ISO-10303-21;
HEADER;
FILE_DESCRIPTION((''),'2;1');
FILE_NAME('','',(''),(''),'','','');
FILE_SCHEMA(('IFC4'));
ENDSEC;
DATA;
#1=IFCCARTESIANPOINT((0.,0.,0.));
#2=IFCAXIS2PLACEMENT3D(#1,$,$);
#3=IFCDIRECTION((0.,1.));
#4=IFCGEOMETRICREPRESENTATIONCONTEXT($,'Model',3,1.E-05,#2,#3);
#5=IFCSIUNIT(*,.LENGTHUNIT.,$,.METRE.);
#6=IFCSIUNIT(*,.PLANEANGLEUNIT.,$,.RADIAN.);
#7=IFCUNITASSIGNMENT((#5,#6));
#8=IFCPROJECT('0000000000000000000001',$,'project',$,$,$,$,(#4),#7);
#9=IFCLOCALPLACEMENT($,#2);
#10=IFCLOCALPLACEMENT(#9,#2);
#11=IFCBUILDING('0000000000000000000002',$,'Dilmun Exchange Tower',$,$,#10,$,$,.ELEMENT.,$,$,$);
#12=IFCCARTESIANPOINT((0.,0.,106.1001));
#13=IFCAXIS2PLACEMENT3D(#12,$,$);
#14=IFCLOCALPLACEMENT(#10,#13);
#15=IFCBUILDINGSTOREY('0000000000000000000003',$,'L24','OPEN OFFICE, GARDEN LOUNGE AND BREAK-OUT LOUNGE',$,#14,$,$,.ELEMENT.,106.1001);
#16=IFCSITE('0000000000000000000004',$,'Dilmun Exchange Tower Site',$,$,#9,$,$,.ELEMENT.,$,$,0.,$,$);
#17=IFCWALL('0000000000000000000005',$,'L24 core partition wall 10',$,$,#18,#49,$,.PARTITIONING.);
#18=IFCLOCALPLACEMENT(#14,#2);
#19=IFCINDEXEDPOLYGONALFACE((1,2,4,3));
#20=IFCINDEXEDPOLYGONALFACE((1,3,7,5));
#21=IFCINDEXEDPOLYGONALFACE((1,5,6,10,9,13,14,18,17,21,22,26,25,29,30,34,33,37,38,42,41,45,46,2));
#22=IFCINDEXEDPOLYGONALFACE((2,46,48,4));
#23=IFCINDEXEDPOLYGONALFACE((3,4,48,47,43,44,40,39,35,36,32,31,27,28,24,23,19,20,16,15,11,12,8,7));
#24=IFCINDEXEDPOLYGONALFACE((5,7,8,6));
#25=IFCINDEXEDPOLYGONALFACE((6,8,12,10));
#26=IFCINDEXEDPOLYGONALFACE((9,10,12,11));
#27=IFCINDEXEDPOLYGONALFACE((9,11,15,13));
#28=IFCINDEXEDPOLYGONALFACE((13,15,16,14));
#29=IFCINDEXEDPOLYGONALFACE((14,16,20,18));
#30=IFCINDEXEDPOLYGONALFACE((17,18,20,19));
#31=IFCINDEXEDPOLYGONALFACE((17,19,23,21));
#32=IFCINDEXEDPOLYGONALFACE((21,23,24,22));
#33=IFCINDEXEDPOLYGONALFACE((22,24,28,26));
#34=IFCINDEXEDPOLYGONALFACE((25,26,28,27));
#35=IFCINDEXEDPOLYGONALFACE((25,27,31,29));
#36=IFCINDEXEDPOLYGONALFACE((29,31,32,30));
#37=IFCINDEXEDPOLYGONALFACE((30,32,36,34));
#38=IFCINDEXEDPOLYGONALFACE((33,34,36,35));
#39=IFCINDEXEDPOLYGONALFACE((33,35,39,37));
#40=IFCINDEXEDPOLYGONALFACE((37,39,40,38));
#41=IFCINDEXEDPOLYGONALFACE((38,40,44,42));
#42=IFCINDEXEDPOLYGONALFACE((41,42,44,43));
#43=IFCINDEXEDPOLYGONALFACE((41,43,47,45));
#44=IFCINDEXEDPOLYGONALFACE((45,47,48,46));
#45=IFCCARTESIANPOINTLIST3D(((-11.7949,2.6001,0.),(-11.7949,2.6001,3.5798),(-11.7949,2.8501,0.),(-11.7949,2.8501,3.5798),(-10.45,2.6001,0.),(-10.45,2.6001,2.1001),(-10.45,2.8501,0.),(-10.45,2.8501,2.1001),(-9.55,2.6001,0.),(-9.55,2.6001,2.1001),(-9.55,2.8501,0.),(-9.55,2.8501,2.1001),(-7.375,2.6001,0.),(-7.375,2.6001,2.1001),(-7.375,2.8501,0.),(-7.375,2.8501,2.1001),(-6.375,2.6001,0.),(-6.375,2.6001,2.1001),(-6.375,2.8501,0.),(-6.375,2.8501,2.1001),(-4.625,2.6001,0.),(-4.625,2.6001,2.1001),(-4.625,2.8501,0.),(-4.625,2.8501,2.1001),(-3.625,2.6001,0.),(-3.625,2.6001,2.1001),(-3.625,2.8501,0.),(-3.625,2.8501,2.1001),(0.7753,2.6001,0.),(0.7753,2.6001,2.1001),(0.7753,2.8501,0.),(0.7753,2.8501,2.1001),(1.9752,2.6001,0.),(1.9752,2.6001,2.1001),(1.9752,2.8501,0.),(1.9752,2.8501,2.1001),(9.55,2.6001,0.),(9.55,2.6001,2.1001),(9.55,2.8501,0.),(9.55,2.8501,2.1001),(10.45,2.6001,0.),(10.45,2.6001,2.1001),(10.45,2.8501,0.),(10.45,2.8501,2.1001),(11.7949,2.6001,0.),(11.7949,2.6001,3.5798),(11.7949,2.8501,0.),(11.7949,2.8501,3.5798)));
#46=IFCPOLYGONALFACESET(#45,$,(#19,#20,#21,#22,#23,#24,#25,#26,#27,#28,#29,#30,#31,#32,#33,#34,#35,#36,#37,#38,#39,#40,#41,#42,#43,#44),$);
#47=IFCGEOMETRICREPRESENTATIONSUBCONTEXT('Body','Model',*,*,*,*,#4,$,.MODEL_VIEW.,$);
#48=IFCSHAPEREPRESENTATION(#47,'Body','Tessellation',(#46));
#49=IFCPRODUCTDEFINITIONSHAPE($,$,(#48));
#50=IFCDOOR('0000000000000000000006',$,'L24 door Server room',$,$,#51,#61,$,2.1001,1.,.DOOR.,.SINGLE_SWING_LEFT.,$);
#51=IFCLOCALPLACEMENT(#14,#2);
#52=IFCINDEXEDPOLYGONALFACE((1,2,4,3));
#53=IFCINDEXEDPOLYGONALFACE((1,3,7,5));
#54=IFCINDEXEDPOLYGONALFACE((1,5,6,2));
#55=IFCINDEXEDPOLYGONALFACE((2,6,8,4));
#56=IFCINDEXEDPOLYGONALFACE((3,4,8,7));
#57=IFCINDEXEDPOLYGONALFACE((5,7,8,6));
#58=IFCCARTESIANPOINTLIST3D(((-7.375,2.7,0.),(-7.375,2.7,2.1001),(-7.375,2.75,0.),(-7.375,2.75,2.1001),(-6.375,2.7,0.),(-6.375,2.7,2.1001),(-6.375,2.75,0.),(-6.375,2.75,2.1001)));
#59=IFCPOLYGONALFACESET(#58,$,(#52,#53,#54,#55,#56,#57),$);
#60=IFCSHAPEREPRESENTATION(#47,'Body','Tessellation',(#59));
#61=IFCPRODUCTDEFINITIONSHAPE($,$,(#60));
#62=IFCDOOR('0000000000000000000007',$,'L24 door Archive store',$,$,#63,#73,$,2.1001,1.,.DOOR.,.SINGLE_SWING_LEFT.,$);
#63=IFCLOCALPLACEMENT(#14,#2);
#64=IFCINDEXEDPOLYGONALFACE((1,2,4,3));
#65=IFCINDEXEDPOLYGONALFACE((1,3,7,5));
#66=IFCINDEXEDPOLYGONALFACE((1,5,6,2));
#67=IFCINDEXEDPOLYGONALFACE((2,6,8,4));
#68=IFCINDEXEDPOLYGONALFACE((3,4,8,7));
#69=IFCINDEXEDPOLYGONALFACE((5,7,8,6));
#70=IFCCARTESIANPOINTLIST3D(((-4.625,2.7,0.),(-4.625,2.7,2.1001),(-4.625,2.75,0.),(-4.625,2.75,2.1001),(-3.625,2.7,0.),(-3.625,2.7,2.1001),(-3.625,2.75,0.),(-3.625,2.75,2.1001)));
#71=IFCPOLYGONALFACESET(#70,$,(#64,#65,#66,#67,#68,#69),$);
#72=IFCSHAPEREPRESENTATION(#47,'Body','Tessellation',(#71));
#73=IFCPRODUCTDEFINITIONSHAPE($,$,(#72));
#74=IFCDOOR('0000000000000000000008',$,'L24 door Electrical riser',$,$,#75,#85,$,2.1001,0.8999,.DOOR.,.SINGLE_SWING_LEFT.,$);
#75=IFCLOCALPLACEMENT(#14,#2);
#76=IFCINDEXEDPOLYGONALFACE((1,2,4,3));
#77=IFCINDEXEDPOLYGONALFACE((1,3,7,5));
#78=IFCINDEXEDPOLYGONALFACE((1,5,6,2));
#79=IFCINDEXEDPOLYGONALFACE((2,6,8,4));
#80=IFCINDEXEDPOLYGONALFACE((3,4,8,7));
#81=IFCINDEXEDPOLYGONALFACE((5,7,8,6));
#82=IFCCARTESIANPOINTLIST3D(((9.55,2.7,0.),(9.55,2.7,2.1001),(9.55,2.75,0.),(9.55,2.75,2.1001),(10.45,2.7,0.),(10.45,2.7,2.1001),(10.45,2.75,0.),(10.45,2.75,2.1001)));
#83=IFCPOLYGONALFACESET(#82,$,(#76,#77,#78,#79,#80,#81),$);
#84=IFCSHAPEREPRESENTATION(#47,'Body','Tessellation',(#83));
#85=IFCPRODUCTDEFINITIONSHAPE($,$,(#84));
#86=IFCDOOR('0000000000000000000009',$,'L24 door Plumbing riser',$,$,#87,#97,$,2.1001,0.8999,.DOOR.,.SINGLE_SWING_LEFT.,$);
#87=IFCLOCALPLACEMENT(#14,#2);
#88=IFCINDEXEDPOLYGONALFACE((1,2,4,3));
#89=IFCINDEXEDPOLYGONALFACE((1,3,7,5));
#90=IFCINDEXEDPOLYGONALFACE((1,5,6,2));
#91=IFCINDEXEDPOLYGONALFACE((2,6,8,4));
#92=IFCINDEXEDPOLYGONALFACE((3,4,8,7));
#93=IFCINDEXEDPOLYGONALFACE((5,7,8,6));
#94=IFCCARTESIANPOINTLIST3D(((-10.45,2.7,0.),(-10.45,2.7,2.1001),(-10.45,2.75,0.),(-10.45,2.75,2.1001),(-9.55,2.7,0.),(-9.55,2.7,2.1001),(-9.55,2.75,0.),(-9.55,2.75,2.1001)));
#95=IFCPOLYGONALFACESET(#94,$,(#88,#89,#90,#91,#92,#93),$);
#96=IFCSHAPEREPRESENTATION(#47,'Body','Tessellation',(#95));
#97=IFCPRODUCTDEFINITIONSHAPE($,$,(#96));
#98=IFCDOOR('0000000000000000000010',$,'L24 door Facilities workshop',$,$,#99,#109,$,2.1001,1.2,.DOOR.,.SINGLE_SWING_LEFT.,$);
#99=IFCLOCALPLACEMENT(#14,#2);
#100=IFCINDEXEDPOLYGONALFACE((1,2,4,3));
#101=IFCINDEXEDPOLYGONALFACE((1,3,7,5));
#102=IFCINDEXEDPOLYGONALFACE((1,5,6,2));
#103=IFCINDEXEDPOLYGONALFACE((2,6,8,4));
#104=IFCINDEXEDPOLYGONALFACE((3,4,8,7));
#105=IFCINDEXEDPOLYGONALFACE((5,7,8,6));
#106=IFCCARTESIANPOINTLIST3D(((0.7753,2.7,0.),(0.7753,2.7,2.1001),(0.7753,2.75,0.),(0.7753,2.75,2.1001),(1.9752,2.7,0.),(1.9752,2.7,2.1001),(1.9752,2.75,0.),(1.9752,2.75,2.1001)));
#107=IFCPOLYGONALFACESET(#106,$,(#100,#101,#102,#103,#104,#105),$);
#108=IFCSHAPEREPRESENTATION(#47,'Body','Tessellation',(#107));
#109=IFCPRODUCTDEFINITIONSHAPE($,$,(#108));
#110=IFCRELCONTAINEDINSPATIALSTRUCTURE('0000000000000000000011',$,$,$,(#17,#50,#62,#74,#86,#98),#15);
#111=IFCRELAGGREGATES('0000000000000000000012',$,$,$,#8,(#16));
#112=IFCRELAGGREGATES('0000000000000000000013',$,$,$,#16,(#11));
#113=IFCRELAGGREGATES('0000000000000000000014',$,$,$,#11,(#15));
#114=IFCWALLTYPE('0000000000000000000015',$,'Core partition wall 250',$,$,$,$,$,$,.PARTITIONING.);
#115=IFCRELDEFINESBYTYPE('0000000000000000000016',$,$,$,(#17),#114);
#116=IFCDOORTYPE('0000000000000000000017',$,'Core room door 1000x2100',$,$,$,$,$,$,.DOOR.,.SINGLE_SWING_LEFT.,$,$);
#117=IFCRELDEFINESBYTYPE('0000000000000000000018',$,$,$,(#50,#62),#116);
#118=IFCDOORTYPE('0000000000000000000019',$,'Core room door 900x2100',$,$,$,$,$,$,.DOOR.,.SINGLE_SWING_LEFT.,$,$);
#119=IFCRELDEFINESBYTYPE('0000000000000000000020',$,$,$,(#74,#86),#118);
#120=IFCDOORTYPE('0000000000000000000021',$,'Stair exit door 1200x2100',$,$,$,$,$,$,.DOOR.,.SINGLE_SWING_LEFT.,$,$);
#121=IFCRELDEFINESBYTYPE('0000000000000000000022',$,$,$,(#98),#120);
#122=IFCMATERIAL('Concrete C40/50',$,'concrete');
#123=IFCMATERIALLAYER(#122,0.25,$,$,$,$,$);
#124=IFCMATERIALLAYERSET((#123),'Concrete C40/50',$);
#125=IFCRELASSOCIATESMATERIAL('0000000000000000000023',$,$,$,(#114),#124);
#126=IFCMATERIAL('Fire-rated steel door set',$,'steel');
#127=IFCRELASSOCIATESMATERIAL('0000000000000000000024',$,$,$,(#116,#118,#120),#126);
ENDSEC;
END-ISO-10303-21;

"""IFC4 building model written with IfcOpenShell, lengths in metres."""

from ifc_helpers import new_model, si_unit, direction, frame, frame_2d, origin, place, context, subcontext, project, spatial, rectangle, extrude, material, layer, layer_set, type_object, element, fill, save


model = new_model("IFC4")

# Units and contexts
model_context = context("Model", 3, precision=1e-05, world=origin(), true_north=direction((0.0, 1.0)))
body_context = subcontext(model_context, "Body", "Model", "MODEL_VIEW")
ifc_project = project(units=[si_unit("LENGTHUNIT", "METRE"), si_unit("PLANEANGLEUNIT", "RADIAN")], contexts=[model_context])

# Site, building, storey
site_placement = place(None, origin())
site = spatial("IfcSite", under=ifc_project, at=site_placement, Name="Dilmun Exchange Tower Site", CompositionType="ELEMENT", RefElevation=0.0)
building_placement = place(site_placement, origin())
building = spatial("IfcBuilding", under=site, at=building_placement, Name="Dilmun Exchange Tower", CompositionType="ELEMENT")
storey_placement = place(building_placement, frame((0.0, 0.0, 106.1001)))
storey = spatial("IfcBuildingStorey", under=building, at=storey_placement, Name="L24", Description="OPEN OFFICE, GARDEN LOUNGE AND BREAK-OUT LOUNGE", CompositionType="ELEMENT", Elevation=106.1001)

# Shared definitions
ifc_material_1 = material(Name="Concrete C40/50", Category="concrete")

# Wall, openings, doors
ifc_layer_1 = layer(ifc_material_1, 0.25)
ifc_layer_set_1 = layer_set([ifc_layer_1], Name="Concrete C40/50")
wall_type_1 = type_object("IfcWallType", Name="Core partition wall 250", PredefinedType="PARTITIONING", material=ifc_layer_set_1)
wall_1_placement = place(storey_placement, frame((-11.7949, 2.7251, 0.0), z_axis=(0.0, 0.0, 1.0), x_axis=(1.0, 0.0, 0.0)))
wall_1 = element("IfcWall", 1, at=wall_1_placement, inside=storey, type_object=wall_type_1, Name="L24 core partition wall 10", PredefinedType="PARTITIONING", context=body_context, shape_type="SweptSolid", body=[
    extrude(rectangle(XDim=23.5898, YDim=0.25, at=frame_2d((11.7949, 0.0))), origin(), (0.0, 0.0, 1.0), 3.5798),
])
opening_1_placement = place(wall_1_placement, frame((21.345, 0.0, 0.0)))
opening_1 = element("IfcOpeningElement", 2, at=opening_1_placement, cuts=wall_1, PredefinedType="OPENING", context=body_context, shape_type="SweptSolid", body=[
    extrude(rectangle(XDim=0.8999, YDim=2.1001, at=frame_2d((0.45, 1.05))), frame((0.0, 0.135, 0.0), z_axis=(0.0, -1.0, 0.0), x_axis=(1.0, 0.0, 0.0)), (0.0, 0.0, 1.0), 0.27),
])
opening_2_placement = place(wall_1_placement, frame((1.345, 0.0, 0.0)))
opening_2 = element("IfcOpeningElement", 3, at=opening_2_placement, cuts=wall_1, PredefinedType="OPENING", context=body_context, shape_type="SweptSolid", body=[
    extrude(rectangle(XDim=0.8999, YDim=2.1001, at=frame_2d((0.45, 1.05))), frame((0.0, 0.135, 0.0), z_axis=(0.0, -1.0, 0.0), x_axis=(1.0, 0.0, 0.0)), (0.0, 0.0, 1.0), 0.27),
])
opening_3_placement = place(wall_1_placement, frame((4.4199, 0.0, 0.0)))
opening_3 = element("IfcOpeningElement", 4, at=opening_3_placement, cuts=wall_1, PredefinedType="OPENING", context=body_context, shape_type="SweptSolid", body=[
    extrude(rectangle(XDim=1.0, YDim=2.1001, at=frame_2d((0.5, 1.05))), frame((0.0, 0.135, 0.0), z_axis=(0.0, -1.0, 0.0), x_axis=(1.0, 0.0, 0.0)), (0.0, 0.0, 1.0), 0.27),
])
opening_4_placement = place(wall_1_placement, frame((7.1699, 0.0, 0.0)))
opening_4 = element("IfcOpeningElement", 5, at=opening_4_placement, cuts=wall_1, PredefinedType="OPENING", context=body_context, shape_type="SweptSolid", body=[
    extrude(rectangle(XDim=1.0, YDim=2.1001, at=frame_2d((0.5, 1.05))), frame((0.0, 0.135, 0.0), z_axis=(0.0, -1.0, 0.0), x_axis=(1.0, 0.0, 0.0)), (0.0, 0.0, 1.0), 0.27),
])
opening_5_placement = place(wall_1_placement, frame((12.5701, 0.0, 0.0)))
opening_5 = element("IfcOpeningElement", 6, at=opening_5_placement, cuts=wall_1, PredefinedType="OPENING", context=body_context, shape_type="SweptSolid", body=[
    extrude(rectangle(XDim=1.2, YDim=2.1001, at=frame_2d((0.6001, 1.05))), frame((0.0, 0.135, 0.0), z_axis=(0.0, -1.0, 0.0), x_axis=(1.0, 0.0, 0.0)), (0.0, 0.0, 1.0), 0.27),
])
ifc_material_2 = material(Name="Fire-rated steel door set", Category="steel")
door_type_1 = type_object("IfcDoorType", Name="Core room door 1000x2100", OperationType="SINGLE_SWING_LEFT", PredefinedType="DOOR", material=ifc_material_2)
door_1_placement = place(opening_3_placement, origin())
door_1 = element("IfcDoor", 7, at=door_1_placement, inside=storey, type_object=door_type_1, Name="L24 door Server room", OperationType="SINGLE_SWING_LEFT", OverallHeight=2.1001, OverallWidth=1.0, PredefinedType="DOOR", context=body_context, shape_type="SweptSolid", body=[
    extrude(rectangle(XDim=1.0, YDim=2.1001, at=frame_2d((0.5, 1.05))), frame((0.0, 0.0249, 0.0), z_axis=(0.0, -1.0, 0.0), x_axis=(1.0, 0.0, 0.0)), (0.0, 0.0, 1.0), 0.05),
])
fill(opening_3, door_1)
door_2_placement = place(opening_4_placement, origin())
door_2 = element("IfcDoor", 8, at=door_2_placement, inside=storey, type_object=door_type_1, Name="L24 door Archive store", OperationType="SINGLE_SWING_LEFT", OverallHeight=2.1001, OverallWidth=1.0, PredefinedType="DOOR", context=body_context, shape_type="SweptSolid", body=[
    extrude(rectangle(XDim=1.0, YDim=2.1001, at=frame_2d((0.5, 1.05))), frame((0.0, 0.0249, 0.0), z_axis=(0.0, -1.0, 0.0), x_axis=(1.0, 0.0, 0.0)), (0.0, 0.0, 1.0), 0.05),
])
fill(opening_4, door_2)
door_type_2 = type_object("IfcDoorType", Name="Core room door 900x2100", OperationType="SINGLE_SWING_LEFT", PredefinedType="DOOR", material=ifc_material_2)
door_3_placement = place(opening_1_placement, origin())
door_3 = element("IfcDoor", 9, at=door_3_placement, inside=storey, type_object=door_type_2, Name="L24 door Electrical riser", OperationType="SINGLE_SWING_LEFT", OverallHeight=2.1001, OverallWidth=0.8999, PredefinedType="DOOR", context=body_context, shape_type="SweptSolid", body=[
    extrude(rectangle(XDim=0.8999, YDim=2.1001, at=frame_2d((0.45, 1.05))), frame((0.0, 0.0249, 0.0), z_axis=(0.0, -1.0, 0.0), x_axis=(1.0, 0.0, 0.0)), (0.0, 0.0, 1.0), 0.05),
])
fill(opening_1, door_3)
door_4_placement = place(opening_2_placement, origin())
door_4 = element("IfcDoor", 10, at=door_4_placement, inside=storey, type_object=door_type_2, Name="L24 door Plumbing riser", OperationType="SINGLE_SWING_LEFT", OverallHeight=2.1001, OverallWidth=0.8999, PredefinedType="DOOR", context=body_context, shape_type="SweptSolid", body=[
    extrude(rectangle(XDim=0.8999, YDim=2.1001, at=frame_2d((0.45, 1.05))), frame((0.0, 0.0249, 0.0), z_axis=(0.0, -1.0, 0.0), x_axis=(1.0, 0.0, 0.0)), (0.0, 0.0, 1.0), 0.05),
])
fill(opening_2, door_4)
door_type_3 = type_object("IfcDoorType", Name="Stair exit door 1200x2100", OperationType="SINGLE_SWING_LEFT", PredefinedType="DOOR", material=ifc_material_2)
door_5_placement = place(opening_5_placement, origin())
door_5 = element("IfcDoor", 11, at=door_5_placement, inside=storey, type_object=door_type_3, Name="L24 door Facilities workshop", OperationType="SINGLE_SWING_LEFT", OverallHeight=2.1001, OverallWidth=1.2, PredefinedType="DOOR", context=body_context, shape_type="SweptSolid", body=[
    extrude(rectangle(XDim=1.2, YDim=2.1001, at=frame_2d((0.6001, 1.05))), frame((0.0, 0.0249, 0.0), z_axis=(0.0, -1.0, 0.0), x_axis=(1.0, 0.0, 0.0)), (0.0, 0.0, 1.0), 0.05),
])
fill(opening_5, door_5)

save(model, "model.ifc")
